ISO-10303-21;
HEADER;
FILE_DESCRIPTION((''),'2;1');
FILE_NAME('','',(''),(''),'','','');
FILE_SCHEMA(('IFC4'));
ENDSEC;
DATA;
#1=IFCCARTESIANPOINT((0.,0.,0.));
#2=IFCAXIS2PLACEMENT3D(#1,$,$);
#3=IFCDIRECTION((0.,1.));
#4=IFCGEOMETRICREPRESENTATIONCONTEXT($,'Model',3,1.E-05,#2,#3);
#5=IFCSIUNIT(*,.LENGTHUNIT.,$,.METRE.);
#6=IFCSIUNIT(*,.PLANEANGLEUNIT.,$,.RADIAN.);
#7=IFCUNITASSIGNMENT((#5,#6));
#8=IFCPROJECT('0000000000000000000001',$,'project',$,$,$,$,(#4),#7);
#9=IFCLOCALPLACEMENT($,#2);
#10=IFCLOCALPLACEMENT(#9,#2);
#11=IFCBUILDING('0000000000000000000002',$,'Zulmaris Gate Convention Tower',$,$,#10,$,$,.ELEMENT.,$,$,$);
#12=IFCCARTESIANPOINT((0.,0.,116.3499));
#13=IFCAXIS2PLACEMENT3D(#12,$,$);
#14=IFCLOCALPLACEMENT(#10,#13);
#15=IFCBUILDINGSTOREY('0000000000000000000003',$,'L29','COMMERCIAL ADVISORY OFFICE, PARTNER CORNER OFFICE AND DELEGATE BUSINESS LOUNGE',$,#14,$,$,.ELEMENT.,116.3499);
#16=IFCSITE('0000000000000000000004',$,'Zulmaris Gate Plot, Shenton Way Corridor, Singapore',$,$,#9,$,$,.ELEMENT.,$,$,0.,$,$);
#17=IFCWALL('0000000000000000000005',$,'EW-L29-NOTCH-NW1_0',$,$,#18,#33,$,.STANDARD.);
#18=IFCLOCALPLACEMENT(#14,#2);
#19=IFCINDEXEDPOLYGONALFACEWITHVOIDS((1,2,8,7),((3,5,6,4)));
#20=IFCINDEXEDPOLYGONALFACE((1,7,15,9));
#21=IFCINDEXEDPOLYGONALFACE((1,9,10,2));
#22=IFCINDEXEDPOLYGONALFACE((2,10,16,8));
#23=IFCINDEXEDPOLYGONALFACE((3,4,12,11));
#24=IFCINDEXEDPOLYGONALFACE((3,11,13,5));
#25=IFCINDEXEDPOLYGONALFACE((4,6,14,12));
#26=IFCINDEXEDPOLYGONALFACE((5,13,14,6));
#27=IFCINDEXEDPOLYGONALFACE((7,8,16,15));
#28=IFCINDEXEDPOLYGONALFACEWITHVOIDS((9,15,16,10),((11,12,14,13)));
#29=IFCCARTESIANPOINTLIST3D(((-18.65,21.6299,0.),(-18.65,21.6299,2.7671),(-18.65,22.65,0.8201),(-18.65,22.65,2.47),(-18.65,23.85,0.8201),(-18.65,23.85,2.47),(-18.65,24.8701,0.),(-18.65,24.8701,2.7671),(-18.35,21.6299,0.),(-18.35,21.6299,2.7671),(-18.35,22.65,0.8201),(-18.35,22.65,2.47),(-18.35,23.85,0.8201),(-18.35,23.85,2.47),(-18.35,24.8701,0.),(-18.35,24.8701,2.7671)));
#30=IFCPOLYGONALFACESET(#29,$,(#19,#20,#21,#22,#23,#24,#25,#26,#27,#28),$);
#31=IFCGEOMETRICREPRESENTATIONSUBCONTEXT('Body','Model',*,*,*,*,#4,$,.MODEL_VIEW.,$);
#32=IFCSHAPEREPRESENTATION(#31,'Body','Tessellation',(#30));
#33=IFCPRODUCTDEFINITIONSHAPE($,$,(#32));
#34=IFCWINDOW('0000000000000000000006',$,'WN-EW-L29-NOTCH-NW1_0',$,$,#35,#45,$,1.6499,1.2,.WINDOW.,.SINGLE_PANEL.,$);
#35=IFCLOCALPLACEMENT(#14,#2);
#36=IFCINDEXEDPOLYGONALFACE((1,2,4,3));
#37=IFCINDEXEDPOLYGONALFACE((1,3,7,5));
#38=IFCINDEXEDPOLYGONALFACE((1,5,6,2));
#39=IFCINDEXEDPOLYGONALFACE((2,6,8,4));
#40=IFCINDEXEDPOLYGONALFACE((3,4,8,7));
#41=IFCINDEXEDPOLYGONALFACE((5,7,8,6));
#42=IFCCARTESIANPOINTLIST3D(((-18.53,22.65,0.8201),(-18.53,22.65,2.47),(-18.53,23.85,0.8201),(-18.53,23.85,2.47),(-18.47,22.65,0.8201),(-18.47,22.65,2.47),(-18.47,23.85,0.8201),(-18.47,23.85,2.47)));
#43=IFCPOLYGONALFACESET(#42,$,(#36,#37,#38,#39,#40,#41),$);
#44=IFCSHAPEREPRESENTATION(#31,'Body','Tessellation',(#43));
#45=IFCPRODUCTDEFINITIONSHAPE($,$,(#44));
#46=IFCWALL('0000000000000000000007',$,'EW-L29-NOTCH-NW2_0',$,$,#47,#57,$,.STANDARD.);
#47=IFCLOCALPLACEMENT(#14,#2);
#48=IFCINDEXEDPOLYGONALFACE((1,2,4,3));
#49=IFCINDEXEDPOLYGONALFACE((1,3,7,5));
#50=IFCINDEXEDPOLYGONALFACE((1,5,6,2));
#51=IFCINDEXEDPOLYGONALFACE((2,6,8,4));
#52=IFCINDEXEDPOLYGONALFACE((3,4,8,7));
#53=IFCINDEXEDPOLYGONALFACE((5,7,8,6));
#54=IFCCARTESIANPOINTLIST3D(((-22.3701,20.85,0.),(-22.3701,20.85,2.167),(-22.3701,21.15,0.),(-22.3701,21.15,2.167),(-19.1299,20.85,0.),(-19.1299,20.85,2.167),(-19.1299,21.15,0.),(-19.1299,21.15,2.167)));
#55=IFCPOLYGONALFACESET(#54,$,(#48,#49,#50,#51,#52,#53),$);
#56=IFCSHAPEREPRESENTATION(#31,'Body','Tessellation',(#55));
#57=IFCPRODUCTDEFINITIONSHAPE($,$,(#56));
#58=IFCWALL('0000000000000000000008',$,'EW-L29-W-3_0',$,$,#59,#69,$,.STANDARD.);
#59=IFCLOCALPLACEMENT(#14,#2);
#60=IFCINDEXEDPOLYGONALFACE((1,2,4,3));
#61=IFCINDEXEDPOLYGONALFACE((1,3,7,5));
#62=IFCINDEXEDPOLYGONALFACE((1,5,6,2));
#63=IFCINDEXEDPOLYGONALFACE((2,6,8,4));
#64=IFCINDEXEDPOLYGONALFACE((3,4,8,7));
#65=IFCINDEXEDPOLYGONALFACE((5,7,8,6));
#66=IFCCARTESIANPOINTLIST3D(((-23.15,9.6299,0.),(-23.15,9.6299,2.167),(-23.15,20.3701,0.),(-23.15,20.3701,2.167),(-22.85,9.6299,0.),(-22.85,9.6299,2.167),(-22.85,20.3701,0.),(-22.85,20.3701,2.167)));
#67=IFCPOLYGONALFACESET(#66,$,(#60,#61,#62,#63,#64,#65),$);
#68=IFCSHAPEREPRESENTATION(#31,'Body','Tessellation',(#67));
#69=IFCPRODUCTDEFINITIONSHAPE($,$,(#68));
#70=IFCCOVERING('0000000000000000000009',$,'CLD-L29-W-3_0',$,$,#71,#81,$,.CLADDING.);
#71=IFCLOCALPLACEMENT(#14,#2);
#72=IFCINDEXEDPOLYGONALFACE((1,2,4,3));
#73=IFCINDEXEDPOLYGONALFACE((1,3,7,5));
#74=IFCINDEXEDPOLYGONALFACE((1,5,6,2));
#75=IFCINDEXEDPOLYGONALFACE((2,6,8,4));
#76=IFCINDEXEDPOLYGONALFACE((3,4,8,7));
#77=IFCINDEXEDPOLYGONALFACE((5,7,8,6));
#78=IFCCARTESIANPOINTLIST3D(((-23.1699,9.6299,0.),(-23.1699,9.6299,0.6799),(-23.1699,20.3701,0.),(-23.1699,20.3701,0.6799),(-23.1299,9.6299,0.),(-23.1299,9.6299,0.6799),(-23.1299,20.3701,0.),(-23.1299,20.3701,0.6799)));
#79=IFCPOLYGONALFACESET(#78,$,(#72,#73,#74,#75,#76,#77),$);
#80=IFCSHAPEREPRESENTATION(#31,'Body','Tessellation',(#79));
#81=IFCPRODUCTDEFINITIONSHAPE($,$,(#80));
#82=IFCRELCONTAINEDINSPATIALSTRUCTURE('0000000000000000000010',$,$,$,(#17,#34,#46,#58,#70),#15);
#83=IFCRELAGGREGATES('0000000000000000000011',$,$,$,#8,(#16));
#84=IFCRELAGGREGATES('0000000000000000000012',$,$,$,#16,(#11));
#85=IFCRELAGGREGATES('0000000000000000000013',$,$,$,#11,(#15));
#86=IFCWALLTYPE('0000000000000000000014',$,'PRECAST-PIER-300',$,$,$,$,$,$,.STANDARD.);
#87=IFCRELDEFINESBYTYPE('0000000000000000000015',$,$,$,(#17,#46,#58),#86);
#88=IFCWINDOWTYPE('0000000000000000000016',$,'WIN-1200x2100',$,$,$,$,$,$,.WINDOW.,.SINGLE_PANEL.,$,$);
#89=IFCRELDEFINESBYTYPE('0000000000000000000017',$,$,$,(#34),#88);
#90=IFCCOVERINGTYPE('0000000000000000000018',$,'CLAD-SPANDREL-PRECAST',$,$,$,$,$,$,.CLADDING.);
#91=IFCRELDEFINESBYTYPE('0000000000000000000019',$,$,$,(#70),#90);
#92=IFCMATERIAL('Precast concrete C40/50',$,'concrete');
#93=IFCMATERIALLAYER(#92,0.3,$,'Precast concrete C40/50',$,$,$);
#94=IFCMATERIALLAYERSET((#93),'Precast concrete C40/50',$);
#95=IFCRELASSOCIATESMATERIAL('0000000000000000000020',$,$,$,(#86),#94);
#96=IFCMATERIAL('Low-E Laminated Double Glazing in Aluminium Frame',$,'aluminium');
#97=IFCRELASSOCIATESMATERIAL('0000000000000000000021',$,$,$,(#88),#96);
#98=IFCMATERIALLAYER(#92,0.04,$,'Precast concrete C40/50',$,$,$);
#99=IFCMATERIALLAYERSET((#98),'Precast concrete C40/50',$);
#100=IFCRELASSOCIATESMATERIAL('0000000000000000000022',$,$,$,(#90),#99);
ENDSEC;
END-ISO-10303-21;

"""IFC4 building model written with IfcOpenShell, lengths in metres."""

from ifc_helpers import new_model, si_unit, direction, frame, frame_2d, origin, place, context, subcontext, project, spatial, rectangle, extrude, material, layer, layer_set, type_object, element, fill, save


model = new_model("IFC4")

# Units and contexts
model_context = context("Model", 3, precision=1e-05, world=origin(), true_north=direction((0.0, 1.0)))
body_context = subcontext(model_context, "Body", "Model", "MODEL_VIEW")
ifc_project = project(units=[si_unit("LENGTHUNIT", "METRE"), si_unit("PLANEANGLEUNIT", "RADIAN")], contexts=[model_context])

# Site, building, storey
site_placement = place(None, origin())
site = spatial("IfcSite", under=ifc_project, at=site_placement, Name="Zulmaris Gate Plot, Shenton Way Corridor, Singapore", CompositionType="ELEMENT", RefElevation=0.0)
building_placement = place(site_placement, origin())
building = spatial("IfcBuilding", under=site, at=building_placement, Name="Zulmaris Gate Convention Tower", CompositionType="ELEMENT")
storey_placement = place(building_placement, frame((0.0, 0.0, 116.3499)))
storey = spatial("IfcBuildingStorey", under=building, at=storey_placement, Name="L29", Description="COMMERCIAL ADVISORY OFFICE, PARTNER CORNER OFFICE AND DELEGATE BUSINESS LOUNGE", CompositionType="ELEMENT", Elevation=116.3499)

# Wall, opening, window
ifc_material_1 = material(Name="Precast concrete C40/50", Category="concrete")
ifc_layer_1 = layer(ifc_material_1, 0.3, Name="Precast concrete C40/50")
ifc_layer_set_1 = layer_set([ifc_layer_1], Name="Precast concrete C40/50")
wall_type_1 = type_object("IfcWallType", Name="PRECAST-PIER-300", PredefinedType="STANDARD", material=ifc_layer_set_1)
wall_1_placement = place(storey_placement, frame((-18.5, 24.8701, 0.0), z_axis=(0.0, 0.0, 1.0), x_axis=(0.0, -1.0, 0.0)))
wall_1 = element("IfcWall", 1, at=wall_1_placement, inside=storey, type_object=wall_type_1, Name="EW-L29-NOTCH-NW1_0", PredefinedType="STANDARD", context=body_context, shape_type="SweptSolid", body=[
    extrude(rectangle(XDim=3.2402, YDim=0.3, at=frame_2d((1.6201, 0.0))), origin(), (0.0, 0.0, 1.0), 2.7671),
])
opening_1_placement = place(wall_1_placement, frame((1.02, 0.0, 0.8201)))
opening_1 = element("IfcOpeningElement", 2, at=opening_1_placement, cuts=wall_1, PredefinedType="OPENING", context=body_context, shape_type="SweptSolid", body=[
    extrude(rectangle(XDim=1.2, YDim=1.6499, at=frame_2d((0.6001, 0.825))), frame((0.0, 0.1602, 0.0), z_axis=(0.0, -1.0, 0.0), x_axis=(1.0, 0.0, 0.0)), (0.0, 0.0, 1.0), 0.3201),
])
ifc_material_2 = material(Name="Low-E Laminated Double Glazing in Aluminium Frame", Category="aluminium")
window_type = type_object("IfcWindowType", Name="WIN-1200x2100", PartitioningType="SINGLE_PANEL", PredefinedType="WINDOW", material=ifc_material_2)
window_placement = place(opening_1_placement, origin())
window = element("IfcWindow", 3, at=window_placement, inside=storey, type_object=window_type, Name="WN-EW-L29-NOTCH-NW1_0", OverallHeight=1.6499, OverallWidth=1.2, PartitioningType="SINGLE_PANEL", PredefinedType="WINDOW", context=body_context, shape_type="SweptSolid", body=[
    extrude(rectangle(XDim=1.2, YDim=1.6499, at=frame_2d((0.6001, 0.825))), frame((0.0, 0.03, 0.0), z_axis=(0.0, -1.0, 0.0), x_axis=(1.0, 0.0, 0.0)), (0.0, 0.0, 1.0), 0.0601),
])
fill(opening_1, window)

# Walls
wall_2_placement = place(storey_placement, frame((-19.1299, 21.0, 0.0), z_axis=(0.0, 0.0, 1.0), x_axis=(-1.0, 0.0, 0.0)))
element("IfcWall", 4, at=wall_2_placement, inside=storey, type_object=wall_type_1, Name="EW-L29-NOTCH-NW2_0", PredefinedType="STANDARD", context=body_context, shape_type="SweptSolid", body=[
    extrude(rectangle(XDim=3.2402, YDim=0.3, at=frame_2d((1.6201, 0.0))), origin(), (0.0, 0.0, 1.0), 2.167),
])
wall_3_placement = place(storey_placement, frame((-23.0, 20.3701, 0.0), z_axis=(0.0, 0.0, 1.0), x_axis=(0.0, -1.0, 0.0)))
element("IfcWall", 5, at=wall_3_placement, inside=storey, type_object=wall_type_1, Name="EW-L29-W-3_0", PredefinedType="STANDARD", context=body_context, shape_type="SweptSolid", body=[
    extrude(rectangle(XDim=10.7402, YDim=0.3, at=frame_2d((5.3701, 0.0))), origin(), (0.0, 0.0, 1.0), 2.167),
])

# Covering
ifc_layer_2 = layer(ifc_material_1, 0.04, Name="Precast concrete C40/50")
ifc_layer_set_2 = layer_set([ifc_layer_2], Name="Precast concrete C40/50")
covering_type = type_object("IfcCoveringType", Name="CLAD-SPANDREL-PRECAST", PredefinedType="CLADDING", material=ifc_layer_set_2)
covering_placement = place(storey_placement, frame((-23.1499, 20.3701, 0.0), z_axis=(0.0, 0.0, 1.0), x_axis=(0.0, -1.0, 0.0)))
element("IfcCovering", 6, at=covering_placement, inside=storey, type_object=covering_type, Name="CLD-L29-W-3_0", PredefinedType="CLADDING", context=body_context, shape_type="SweptSolid", body=[
    extrude(rectangle(XDim=10.7402, YDim=0.04, at=frame_2d((5.3701, 0.0))), origin(), (0.0, 0.0, 1.0), 0.6799),
])

save(model, "model.ifc")
